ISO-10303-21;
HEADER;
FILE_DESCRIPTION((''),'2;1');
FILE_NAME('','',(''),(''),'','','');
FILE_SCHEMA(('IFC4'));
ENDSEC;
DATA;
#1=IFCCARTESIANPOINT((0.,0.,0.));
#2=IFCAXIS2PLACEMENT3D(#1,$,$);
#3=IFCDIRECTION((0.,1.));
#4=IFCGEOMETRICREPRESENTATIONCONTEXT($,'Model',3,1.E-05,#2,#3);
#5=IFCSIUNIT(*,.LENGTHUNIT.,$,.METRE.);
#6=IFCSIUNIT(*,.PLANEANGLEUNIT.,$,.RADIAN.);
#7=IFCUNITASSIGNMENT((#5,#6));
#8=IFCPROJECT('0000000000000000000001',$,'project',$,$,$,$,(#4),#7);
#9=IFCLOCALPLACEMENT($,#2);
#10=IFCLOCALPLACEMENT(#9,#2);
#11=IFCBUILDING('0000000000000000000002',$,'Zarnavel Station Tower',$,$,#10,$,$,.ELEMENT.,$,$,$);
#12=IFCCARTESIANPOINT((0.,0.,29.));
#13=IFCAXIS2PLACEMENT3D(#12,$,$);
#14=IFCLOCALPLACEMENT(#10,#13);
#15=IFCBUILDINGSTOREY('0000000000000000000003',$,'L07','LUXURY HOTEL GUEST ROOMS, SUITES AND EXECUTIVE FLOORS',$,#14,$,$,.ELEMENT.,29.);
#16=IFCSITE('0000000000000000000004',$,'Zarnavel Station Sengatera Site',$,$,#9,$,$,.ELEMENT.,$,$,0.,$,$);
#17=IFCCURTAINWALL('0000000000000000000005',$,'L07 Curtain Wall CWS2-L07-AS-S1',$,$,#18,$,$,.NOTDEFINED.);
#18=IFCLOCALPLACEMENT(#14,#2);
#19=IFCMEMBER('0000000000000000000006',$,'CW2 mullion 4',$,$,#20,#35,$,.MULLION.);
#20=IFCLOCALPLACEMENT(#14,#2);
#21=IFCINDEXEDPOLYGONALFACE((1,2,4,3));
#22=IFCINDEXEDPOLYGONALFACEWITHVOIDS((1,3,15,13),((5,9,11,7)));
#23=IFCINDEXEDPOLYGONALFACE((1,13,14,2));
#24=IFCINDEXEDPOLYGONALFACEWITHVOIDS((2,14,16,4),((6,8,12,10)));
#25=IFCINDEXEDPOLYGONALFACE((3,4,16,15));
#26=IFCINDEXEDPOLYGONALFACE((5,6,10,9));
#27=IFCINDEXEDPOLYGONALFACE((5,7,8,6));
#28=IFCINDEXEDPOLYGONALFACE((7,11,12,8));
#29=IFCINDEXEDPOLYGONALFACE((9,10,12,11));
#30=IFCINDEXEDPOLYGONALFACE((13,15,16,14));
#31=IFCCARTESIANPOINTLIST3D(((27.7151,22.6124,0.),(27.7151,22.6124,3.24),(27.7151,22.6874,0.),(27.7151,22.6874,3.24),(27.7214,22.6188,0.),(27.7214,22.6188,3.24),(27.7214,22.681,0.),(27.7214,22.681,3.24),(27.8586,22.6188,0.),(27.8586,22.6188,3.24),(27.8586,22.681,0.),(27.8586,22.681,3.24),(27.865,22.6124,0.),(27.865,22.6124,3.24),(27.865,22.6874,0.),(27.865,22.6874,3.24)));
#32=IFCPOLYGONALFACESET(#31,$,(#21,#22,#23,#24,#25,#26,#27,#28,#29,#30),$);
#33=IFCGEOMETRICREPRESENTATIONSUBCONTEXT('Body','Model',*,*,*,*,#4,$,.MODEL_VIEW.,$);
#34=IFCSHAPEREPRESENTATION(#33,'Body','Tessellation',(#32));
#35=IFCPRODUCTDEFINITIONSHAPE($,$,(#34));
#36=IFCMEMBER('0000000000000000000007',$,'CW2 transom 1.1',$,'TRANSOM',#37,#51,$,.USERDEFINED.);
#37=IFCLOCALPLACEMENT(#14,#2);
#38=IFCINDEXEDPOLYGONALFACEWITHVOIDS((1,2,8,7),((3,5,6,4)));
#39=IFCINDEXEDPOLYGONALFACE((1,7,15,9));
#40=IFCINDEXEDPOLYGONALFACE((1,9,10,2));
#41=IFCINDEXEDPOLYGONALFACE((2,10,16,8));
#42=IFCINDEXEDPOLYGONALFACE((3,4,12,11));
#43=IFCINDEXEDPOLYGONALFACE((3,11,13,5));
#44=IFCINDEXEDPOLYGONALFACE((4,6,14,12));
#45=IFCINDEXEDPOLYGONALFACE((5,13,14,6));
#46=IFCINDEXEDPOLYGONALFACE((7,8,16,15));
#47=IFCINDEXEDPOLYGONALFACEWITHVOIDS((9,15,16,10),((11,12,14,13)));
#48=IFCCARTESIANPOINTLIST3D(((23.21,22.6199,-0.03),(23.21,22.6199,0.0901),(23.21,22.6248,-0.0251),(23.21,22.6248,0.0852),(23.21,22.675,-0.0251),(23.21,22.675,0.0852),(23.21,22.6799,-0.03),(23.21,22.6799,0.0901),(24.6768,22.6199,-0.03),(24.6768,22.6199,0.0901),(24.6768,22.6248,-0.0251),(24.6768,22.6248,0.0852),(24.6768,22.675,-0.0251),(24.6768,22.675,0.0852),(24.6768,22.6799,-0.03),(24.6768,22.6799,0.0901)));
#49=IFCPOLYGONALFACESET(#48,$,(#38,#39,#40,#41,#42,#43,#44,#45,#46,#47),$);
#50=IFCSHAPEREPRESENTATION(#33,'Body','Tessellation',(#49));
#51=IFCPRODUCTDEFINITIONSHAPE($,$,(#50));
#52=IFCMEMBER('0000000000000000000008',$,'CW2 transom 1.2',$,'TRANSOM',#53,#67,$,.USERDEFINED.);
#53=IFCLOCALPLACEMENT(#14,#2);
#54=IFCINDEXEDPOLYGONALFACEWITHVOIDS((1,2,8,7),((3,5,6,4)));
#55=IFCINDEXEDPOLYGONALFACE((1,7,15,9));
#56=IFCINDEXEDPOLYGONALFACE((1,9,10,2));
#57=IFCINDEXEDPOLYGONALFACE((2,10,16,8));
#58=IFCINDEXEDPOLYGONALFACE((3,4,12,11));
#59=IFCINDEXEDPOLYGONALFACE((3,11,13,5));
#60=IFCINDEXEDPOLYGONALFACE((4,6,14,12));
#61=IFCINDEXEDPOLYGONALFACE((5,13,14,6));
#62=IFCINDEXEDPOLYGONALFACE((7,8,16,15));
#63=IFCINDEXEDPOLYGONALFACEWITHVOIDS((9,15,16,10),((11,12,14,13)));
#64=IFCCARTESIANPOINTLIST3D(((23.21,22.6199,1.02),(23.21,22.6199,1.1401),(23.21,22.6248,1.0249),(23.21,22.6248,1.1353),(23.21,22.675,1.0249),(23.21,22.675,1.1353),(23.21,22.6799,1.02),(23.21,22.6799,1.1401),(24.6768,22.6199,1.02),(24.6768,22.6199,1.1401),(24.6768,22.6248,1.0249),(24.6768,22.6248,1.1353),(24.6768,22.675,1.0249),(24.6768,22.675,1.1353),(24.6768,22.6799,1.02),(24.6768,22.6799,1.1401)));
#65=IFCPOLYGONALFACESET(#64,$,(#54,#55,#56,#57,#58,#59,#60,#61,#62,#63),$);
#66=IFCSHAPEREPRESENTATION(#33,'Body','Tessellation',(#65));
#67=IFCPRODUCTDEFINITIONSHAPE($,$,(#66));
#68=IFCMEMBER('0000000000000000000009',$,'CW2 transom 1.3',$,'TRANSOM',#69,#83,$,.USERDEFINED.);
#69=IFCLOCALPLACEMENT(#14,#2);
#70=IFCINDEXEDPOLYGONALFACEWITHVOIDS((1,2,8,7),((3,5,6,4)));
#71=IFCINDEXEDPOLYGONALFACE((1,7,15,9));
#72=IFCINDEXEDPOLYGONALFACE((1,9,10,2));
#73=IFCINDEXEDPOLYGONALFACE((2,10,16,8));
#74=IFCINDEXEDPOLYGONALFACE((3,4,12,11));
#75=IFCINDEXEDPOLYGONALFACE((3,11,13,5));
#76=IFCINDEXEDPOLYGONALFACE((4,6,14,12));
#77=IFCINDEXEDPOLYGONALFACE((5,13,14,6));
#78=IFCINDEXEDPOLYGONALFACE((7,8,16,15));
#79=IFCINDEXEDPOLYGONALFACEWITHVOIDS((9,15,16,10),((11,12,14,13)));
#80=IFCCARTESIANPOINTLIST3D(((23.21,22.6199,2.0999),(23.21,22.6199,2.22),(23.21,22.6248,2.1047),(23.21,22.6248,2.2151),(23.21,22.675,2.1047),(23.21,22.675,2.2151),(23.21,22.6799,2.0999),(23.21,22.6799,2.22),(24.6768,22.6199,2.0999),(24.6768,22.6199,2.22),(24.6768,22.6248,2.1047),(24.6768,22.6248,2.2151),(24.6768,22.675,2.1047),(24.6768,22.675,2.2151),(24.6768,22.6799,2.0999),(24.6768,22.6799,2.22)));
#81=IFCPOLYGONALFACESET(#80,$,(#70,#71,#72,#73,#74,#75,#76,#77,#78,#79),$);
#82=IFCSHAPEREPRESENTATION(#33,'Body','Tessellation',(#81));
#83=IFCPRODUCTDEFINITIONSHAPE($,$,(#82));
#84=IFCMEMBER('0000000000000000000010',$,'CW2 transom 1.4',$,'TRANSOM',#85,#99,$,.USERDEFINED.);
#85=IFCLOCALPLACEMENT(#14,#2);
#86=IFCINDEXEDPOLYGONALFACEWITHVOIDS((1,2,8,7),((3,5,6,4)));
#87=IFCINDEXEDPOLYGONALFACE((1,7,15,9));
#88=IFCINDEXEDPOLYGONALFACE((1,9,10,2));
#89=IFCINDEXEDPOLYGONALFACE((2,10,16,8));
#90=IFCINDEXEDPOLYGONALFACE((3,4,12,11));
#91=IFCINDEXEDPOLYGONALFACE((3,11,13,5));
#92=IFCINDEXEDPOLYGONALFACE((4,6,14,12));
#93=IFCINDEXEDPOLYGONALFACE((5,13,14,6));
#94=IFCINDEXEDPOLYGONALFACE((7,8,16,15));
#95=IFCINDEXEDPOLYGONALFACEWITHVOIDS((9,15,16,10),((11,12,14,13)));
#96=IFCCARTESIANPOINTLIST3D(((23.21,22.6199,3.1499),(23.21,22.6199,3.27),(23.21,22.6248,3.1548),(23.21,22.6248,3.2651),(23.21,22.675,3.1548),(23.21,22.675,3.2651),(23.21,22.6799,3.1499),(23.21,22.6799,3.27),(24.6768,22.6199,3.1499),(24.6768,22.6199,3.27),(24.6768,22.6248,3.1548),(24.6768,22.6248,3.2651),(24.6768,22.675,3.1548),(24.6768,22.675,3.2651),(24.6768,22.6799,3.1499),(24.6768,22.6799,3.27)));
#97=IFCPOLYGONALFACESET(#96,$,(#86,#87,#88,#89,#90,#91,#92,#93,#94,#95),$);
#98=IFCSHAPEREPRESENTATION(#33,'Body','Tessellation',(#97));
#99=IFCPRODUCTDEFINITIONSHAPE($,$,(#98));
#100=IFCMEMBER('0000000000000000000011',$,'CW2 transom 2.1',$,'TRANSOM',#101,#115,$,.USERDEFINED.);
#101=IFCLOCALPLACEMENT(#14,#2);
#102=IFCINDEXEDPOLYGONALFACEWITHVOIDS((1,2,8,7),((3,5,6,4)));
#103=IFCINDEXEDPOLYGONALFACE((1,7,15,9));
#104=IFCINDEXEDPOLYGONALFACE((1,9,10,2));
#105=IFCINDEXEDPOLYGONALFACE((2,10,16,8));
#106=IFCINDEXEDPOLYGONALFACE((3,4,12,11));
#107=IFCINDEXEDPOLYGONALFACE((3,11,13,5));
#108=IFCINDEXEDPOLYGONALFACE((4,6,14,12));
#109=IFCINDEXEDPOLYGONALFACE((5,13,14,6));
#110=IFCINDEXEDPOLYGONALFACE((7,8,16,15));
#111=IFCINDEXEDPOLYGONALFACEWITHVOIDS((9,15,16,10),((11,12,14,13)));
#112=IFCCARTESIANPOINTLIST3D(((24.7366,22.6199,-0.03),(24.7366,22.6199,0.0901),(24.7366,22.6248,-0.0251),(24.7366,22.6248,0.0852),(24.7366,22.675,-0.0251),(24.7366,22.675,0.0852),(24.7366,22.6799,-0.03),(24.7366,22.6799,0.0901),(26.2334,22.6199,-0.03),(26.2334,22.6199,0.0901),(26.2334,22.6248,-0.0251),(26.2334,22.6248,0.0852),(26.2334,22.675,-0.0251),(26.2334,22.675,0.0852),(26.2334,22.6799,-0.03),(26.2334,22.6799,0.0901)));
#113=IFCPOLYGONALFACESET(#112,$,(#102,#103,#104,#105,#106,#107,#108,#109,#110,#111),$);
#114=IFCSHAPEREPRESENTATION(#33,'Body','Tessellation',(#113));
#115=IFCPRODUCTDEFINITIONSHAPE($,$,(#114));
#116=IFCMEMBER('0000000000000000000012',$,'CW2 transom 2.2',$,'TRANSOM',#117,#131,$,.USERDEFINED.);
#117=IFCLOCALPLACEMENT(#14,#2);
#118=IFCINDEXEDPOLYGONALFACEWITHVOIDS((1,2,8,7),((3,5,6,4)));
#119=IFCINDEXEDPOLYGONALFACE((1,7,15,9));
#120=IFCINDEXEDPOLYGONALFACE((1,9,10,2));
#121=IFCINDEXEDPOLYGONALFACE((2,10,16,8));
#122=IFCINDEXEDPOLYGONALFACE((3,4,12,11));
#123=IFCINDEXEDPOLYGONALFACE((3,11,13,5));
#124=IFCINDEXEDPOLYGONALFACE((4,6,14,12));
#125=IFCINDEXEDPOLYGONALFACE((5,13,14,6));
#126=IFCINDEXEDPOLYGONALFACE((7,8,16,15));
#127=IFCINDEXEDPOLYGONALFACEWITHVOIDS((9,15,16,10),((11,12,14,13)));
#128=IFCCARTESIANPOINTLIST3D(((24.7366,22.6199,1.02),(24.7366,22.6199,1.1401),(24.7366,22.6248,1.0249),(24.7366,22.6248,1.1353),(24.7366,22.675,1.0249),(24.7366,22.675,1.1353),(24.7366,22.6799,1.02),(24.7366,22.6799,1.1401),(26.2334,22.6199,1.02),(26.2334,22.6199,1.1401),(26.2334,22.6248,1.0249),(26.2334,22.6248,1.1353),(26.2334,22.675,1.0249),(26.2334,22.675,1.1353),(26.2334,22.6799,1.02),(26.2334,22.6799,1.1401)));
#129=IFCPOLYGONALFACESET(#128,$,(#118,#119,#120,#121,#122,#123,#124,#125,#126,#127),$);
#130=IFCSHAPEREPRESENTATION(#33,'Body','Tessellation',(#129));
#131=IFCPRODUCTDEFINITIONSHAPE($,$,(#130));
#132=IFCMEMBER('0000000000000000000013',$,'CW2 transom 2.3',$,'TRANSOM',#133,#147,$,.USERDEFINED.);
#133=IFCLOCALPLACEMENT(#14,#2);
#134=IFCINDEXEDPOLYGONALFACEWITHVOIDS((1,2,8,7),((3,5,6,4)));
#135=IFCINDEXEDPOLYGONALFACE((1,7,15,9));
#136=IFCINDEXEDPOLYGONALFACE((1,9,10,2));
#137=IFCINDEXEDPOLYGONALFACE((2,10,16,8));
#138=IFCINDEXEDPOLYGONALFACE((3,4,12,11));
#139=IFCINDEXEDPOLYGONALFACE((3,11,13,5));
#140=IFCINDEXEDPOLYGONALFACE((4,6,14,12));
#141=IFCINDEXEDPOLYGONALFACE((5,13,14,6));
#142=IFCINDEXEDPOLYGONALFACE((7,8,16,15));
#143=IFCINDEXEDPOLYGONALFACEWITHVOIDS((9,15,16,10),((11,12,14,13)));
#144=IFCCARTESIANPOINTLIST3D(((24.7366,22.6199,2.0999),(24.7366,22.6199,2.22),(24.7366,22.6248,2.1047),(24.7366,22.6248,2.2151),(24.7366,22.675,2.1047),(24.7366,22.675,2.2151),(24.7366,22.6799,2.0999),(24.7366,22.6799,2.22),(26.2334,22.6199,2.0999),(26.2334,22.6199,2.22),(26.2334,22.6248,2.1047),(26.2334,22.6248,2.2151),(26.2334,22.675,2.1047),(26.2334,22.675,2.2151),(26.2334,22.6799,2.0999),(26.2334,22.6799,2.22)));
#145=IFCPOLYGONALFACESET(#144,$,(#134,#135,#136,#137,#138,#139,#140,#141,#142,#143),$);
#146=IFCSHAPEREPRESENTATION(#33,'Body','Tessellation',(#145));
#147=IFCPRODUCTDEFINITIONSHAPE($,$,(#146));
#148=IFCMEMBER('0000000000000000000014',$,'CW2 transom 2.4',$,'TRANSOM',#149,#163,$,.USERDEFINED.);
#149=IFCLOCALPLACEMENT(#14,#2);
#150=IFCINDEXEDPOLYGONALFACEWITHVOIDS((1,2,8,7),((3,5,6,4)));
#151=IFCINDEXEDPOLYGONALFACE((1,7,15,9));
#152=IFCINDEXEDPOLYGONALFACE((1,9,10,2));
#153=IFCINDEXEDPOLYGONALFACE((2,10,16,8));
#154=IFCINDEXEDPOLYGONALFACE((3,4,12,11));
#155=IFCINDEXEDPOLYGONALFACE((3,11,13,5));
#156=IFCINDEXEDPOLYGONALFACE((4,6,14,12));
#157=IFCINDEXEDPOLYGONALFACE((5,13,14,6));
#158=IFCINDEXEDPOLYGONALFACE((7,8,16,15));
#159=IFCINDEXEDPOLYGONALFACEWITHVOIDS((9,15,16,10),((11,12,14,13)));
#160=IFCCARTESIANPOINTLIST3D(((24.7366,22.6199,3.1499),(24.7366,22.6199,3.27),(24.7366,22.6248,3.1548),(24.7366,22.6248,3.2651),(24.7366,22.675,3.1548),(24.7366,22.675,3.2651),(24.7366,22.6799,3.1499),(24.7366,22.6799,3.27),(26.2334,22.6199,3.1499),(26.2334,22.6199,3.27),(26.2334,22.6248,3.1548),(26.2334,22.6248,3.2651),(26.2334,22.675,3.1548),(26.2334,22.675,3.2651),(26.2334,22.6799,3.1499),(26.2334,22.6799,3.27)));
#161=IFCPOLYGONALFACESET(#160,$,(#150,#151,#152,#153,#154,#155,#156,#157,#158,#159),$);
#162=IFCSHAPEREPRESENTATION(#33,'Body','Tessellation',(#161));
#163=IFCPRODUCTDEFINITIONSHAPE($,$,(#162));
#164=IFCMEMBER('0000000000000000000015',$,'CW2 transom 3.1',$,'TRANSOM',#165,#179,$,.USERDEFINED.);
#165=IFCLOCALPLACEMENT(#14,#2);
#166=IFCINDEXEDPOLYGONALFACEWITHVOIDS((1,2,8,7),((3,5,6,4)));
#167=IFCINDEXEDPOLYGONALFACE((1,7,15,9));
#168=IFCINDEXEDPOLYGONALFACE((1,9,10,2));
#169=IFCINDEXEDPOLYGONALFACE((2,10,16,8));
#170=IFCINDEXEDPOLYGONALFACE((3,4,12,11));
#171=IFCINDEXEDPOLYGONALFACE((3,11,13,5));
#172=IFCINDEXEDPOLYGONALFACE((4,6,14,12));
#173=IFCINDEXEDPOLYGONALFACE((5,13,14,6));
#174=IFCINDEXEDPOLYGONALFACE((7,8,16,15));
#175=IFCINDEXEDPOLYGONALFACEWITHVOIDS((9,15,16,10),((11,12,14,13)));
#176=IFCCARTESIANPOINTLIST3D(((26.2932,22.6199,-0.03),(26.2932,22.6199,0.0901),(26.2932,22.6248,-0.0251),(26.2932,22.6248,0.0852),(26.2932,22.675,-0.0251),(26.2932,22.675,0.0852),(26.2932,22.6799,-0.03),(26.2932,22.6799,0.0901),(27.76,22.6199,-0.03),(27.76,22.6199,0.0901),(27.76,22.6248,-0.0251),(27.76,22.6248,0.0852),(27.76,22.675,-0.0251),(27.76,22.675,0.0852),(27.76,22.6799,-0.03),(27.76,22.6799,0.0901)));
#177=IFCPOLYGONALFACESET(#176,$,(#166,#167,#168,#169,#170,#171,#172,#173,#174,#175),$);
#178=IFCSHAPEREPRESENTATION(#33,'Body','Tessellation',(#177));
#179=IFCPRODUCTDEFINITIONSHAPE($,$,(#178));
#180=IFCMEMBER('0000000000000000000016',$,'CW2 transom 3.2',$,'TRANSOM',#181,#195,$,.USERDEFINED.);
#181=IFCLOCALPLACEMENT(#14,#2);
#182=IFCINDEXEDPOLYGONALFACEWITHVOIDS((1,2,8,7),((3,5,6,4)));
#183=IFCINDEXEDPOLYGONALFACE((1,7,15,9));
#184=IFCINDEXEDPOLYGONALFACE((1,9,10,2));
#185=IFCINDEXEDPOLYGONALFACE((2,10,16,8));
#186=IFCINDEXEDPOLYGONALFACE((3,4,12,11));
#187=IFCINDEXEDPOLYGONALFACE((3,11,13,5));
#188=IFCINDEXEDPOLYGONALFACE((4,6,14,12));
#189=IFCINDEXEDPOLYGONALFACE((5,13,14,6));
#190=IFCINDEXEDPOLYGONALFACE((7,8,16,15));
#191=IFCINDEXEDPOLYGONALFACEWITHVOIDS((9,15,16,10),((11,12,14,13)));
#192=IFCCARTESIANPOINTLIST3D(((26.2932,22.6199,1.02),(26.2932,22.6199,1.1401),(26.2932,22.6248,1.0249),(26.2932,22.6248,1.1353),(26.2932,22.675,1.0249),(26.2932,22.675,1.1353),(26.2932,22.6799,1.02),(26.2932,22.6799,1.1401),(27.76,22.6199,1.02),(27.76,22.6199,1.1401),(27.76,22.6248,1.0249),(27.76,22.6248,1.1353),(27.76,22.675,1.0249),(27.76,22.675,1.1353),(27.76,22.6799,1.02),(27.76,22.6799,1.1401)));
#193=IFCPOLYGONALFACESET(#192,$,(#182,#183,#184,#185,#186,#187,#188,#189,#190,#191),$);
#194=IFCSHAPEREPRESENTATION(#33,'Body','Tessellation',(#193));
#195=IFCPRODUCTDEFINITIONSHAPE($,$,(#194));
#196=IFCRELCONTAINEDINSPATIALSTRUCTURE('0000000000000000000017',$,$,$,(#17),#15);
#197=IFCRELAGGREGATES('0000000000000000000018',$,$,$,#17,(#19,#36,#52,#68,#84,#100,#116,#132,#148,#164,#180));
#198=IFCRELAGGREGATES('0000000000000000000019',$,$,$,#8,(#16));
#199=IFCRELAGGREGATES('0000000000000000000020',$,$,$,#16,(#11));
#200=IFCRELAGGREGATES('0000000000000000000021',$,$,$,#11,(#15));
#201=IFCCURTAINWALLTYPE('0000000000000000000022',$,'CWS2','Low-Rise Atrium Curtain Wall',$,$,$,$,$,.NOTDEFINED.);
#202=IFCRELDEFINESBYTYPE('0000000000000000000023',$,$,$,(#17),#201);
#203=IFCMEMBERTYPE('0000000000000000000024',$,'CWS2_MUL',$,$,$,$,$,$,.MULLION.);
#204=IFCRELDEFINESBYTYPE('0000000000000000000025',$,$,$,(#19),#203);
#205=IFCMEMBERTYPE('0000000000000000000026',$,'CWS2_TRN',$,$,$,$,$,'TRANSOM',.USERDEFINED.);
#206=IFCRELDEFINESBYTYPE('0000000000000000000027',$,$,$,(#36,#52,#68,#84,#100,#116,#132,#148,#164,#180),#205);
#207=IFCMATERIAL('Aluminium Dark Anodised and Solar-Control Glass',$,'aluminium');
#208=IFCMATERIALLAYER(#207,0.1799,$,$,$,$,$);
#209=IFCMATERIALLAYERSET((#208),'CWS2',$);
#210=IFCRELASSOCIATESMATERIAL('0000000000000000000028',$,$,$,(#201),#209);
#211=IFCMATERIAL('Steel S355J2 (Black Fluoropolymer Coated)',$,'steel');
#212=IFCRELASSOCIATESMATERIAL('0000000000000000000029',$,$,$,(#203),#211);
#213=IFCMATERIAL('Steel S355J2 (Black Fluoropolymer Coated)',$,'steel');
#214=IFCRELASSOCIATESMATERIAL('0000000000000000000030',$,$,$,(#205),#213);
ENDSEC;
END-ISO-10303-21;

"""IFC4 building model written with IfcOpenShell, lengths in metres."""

from ifc_helpers import new_model, si_unit, direction, frame, origin, origin_2d, place, context, subcontext, project, spatial, hollow_rectangle, extrude, material, layer, layer_set, material_profile, profile_set, type_object, element, aggregate, save


model = new_model("IFC4")

# Units and contexts
model_context = context("Model", 3, precision=1e-05, world=origin(), true_north=direction((0.0, 1.0)))
body_context = subcontext(model_context, "Body", "Model", "MODEL_VIEW")
ifc_project = project(units=[si_unit("LENGTHUNIT", "METRE"), si_unit("PLANEANGLEUNIT", "RADIAN")], contexts=[model_context])

# Site, building, storey
site_placement = place(None, origin())
site = spatial("IfcSite", under=ifc_project, at=site_placement, Name="Zarnavel Station Sengatera Site", CompositionType="ELEMENT", RefElevation=0.0)
building_placement = place(site_placement, origin())
building = spatial("IfcBuilding", under=site, at=building_placement, Name="Zarnavel Station Tower", CompositionType="ELEMENT")
storey_placement = place(building_placement, frame((0.0, 0.0, 29.0)))
storey = spatial("IfcBuildingStorey", under=building, at=storey_placement, Name="L07", Description="LUXURY HOTEL GUEST ROOMS, SUITES AND EXECUTIVE FLOORS", CompositionType="ELEMENT", Elevation=29.0)

# Curtain wall, members
ifc_material_1 = material(Name="Aluminium Dark Anodised and Solar-Control Glass", Category="aluminium")
ifc_layer_1 = layer(ifc_material_1, 0.1799)
ifc_layer_set_1 = layer_set([ifc_layer_1], Name="CWS2")
curtain_wall_type = type_object("IfcCurtainWallType", Name="CWS2", Description="Low-Rise Atrium Curtain Wall", PredefinedType="NOTDEFINED", material=ifc_layer_set_1)
curtain_wall_placement = place(storey_placement, origin())
curtain_wall = element("IfcCurtainWall", 1, at=curtain_wall_placement, inside=storey, type_object=curtain_wall_type, Name="L07 Curtain Wall CWS2-L07-AS-S1", PredefinedType="NOTDEFINED")
ifc_material_2 = material(Name="Steel S355J2 (Black Fluoropolymer Coated)", Category="steel")
ifc_material_profile_1 = material_profile(ifc_material_2, hollow_rectangle(XDim=0.075, YDim=0.1499, WallThickness=0.0063, at=origin_2d()), Name="RHS150x75x6.3")
ifc_profile_set_1 = profile_set([ifc_material_profile_1], Name="Steel S355J2 (Black Fluoropolymer Coated)")
member_type_1 = type_object("IfcMemberType", Name="CWS2_MUL", PredefinedType="MULLION", material=ifc_profile_set_1)
member_1_placement = place(storey_placement, frame((27.79, 22.6499, 0.0), z_axis=(0.0, 0.0, 1.0), x_axis=(0.0, 1.0, 0.0)))
member_1 = element("IfcMember", 2, at=member_1_placement, type_object=member_type_1, Name="CW2 mullion 4", PredefinedType="MULLION", context=body_context, shape_type="SweptSolid", body=[
    extrude(hollow_rectangle(XDim=0.075, YDim=0.1499, WallThickness=0.0063, at=origin_2d()), origin(), (0.0, 0.0, 1.0), 3.24),
])
ifc_material_3 = material(Name="Steel S355J2 (Black Fluoropolymer Coated)", Category="steel")
ifc_material_profile_2 = material_profile(ifc_material_3, hollow_rectangle(XDim=0.0601, YDim=0.1201, WallThickness=0.0049, at=origin_2d()), Name="RHS120x60x5")
ifc_profile_set_2 = profile_set([ifc_material_profile_2], Name="Steel S355J2 (Black Fluoropolymer Coated)")
member_type_2 = type_object("IfcMemberType", Name="CWS2_TRN", ElementType="TRANSOM", PredefinedType="USERDEFINED", material=ifc_profile_set_2)
member_2_placement = place(storey_placement, frame((23.21, 22.6499, 0.03), z_axis=(1.0, 0.0, 0.0), x_axis=(0.0, 1.0, 0.0)))
member_2 = element("IfcMember", 3, at=member_2_placement, type_object=member_type_2, Name="CW2 transom 1.1", ObjectType="TRANSOM", PredefinedType="USERDEFINED", context=body_context, shape_type="SweptSolid", body=[
    extrude(hollow_rectangle(XDim=0.0601, YDim=0.1201, WallThickness=0.0049, at=origin_2d()), origin(), (0.0, 0.0, 1.0), 1.4668),
])
member_3_placement = place(storey_placement, frame((23.21, 22.6499, 1.0801), z_axis=(1.0, 0.0, 0.0), x_axis=(0.0, 1.0, 0.0)))
member_3 = element("IfcMember", 4, at=member_3_placement, type_object=member_type_2, Name="CW2 transom 1.2", ObjectType="TRANSOM", PredefinedType="USERDEFINED", context=body_context, shape_type="SweptSolid", body=[
    extrude(hollow_rectangle(XDim=0.0601, YDim=0.1201, WallThickness=0.0049, at=origin_2d()), origin(), (0.0, 0.0, 1.0), 1.4668),
])
member_4_placement = place(storey_placement, frame((23.21, 22.6499, 2.1599), z_axis=(1.0, 0.0, 0.0), x_axis=(0.0, 1.0, 0.0)))
member_4 = element("IfcMember", 5, at=member_4_placement, type_object=member_type_2, Name="CW2 transom 1.3", ObjectType="TRANSOM", PredefinedType="USERDEFINED", context=body_context, shape_type="SweptSolid", body=[
    extrude(hollow_rectangle(XDim=0.0601, YDim=0.1201, WallThickness=0.0049, at=origin_2d()), origin(), (0.0, 0.0, 1.0), 1.4668),
])
member_5_placement = place(storey_placement, frame((23.21, 22.6499, 3.21), z_axis=(1.0, 0.0, 0.0), x_axis=(0.0, 1.0, 0.0)))
member_5 = element("IfcMember", 6, at=member_5_placement, type_object=member_type_2, Name="CW2 transom 1.4", ObjectType="TRANSOM", PredefinedType="USERDEFINED", context=body_context, shape_type="SweptSolid", body=[
    extrude(hollow_rectangle(XDim=0.0601, YDim=0.1201, WallThickness=0.0049, at=origin_2d()), origin(), (0.0, 0.0, 1.0), 1.4668),
])
member_6_placement = place(storey_placement, frame((24.7366, 22.6499, 0.03), z_axis=(1.0, 0.0, 0.0), x_axis=(0.0, 1.0, 0.0)))
member_6 = element("IfcMember", 7, at=member_6_placement, type_object=member_type_2, Name="CW2 transom 2.1", ObjectType="TRANSOM", PredefinedType="USERDEFINED", context=body_context, shape_type="SweptSolid", body=[
    extrude(hollow_rectangle(XDim=0.0601, YDim=0.1201, WallThickness=0.0049, at=origin_2d()), origin(), (0.0, 0.0, 1.0), 1.4968),
])
member_7_placement = place(storey_placement, frame((24.7366, 22.6499, 1.0801), z_axis=(1.0, 0.0, 0.0), x_axis=(0.0, 1.0, 0.0)))
member_7 = element("IfcMember", 8, at=member_7_placement, type_object=member_type_2, Name="CW2 transom 2.2", ObjectType="TRANSOM", PredefinedType="USERDEFINED", context=body_context, shape_type="SweptSolid", body=[
    extrude(hollow_rectangle(XDim=0.0601, YDim=0.1201, WallThickness=0.0049, at=origin_2d()), origin(), (0.0, 0.0, 1.0), 1.4968),
])
member_8_placement = place(storey_placement, frame((24.7366, 22.6499, 2.1599), z_axis=(1.0, 0.0, 0.0), x_axis=(0.0, 1.0, 0.0)))
member_8 = element("IfcMember", 9, at=member_8_placement, type_object=member_type_2, Name="CW2 transom 2.3", ObjectType="TRANSOM", PredefinedType="USERDEFINED", context=body_context, shape_type="SweptSolid", body=[
    extrude(hollow_rectangle(XDim=0.0601, YDim=0.1201, WallThickness=0.0049, at=origin_2d()), origin(), (0.0, 0.0, 1.0), 1.4968),
])
member_9_placement = place(storey_placement, frame((24.7366, 22.6499, 3.21), z_axis=(1.0, 0.0, 0.0), x_axis=(0.0, 1.0, 0.0)))
member_9 = element("IfcMember", 10, at=member_9_placement, type_object=member_type_2, Name="CW2 transom 2.4", ObjectType="TRANSOM", PredefinedType="USERDEFINED", context=body_context, shape_type="SweptSolid", body=[
    extrude(hollow_rectangle(XDim=0.0601, YDim=0.1201, WallThickness=0.0049, at=origin_2d()), origin(), (0.0, 0.0, 1.0), 1.4968),
])
member_10_placement = place(storey_placement, frame((26.2932, 22.6499, 0.03), z_axis=(1.0, 0.0, 0.0), x_axis=(0.0, 1.0, 0.0)))
member_10 = element("IfcMember", 11, at=member_10_placement, type_object=member_type_2, Name="CW2 transom 3.1", ObjectType="TRANSOM", PredefinedType="USERDEFINED", context=body_context, shape_type="SweptSolid", body=[
    extrude(hollow_rectangle(XDim=0.0601, YDim=0.1201, WallThickness=0.0049, at=origin_2d()), origin(), (0.0, 0.0, 1.0), 1.4668),
])
member_11_placement = place(storey_placement, frame((26.2932, 22.6499, 1.0801), z_axis=(1.0, 0.0, 0.0), x_axis=(0.0, 1.0, 0.0)))
member_11 = element("IfcMember", 12, at=member_11_placement, type_object=member_type_2, Name="CW2 transom 3.2", ObjectType="TRANSOM", PredefinedType="USERDEFINED", context=body_context, shape_type="SweptSolid", body=[
    extrude(hollow_rectangle(XDim=0.0601, YDim=0.1201, WallThickness=0.0049, at=origin_2d()), origin(), (0.0, 0.0, 1.0), 1.4668),
])

aggregate(curtain_wall, [member_1, member_2, member_3, member_4, member_5, member_6, member_7, member_8, member_9, member_10, member_11])

save(model, "model.ifc")
